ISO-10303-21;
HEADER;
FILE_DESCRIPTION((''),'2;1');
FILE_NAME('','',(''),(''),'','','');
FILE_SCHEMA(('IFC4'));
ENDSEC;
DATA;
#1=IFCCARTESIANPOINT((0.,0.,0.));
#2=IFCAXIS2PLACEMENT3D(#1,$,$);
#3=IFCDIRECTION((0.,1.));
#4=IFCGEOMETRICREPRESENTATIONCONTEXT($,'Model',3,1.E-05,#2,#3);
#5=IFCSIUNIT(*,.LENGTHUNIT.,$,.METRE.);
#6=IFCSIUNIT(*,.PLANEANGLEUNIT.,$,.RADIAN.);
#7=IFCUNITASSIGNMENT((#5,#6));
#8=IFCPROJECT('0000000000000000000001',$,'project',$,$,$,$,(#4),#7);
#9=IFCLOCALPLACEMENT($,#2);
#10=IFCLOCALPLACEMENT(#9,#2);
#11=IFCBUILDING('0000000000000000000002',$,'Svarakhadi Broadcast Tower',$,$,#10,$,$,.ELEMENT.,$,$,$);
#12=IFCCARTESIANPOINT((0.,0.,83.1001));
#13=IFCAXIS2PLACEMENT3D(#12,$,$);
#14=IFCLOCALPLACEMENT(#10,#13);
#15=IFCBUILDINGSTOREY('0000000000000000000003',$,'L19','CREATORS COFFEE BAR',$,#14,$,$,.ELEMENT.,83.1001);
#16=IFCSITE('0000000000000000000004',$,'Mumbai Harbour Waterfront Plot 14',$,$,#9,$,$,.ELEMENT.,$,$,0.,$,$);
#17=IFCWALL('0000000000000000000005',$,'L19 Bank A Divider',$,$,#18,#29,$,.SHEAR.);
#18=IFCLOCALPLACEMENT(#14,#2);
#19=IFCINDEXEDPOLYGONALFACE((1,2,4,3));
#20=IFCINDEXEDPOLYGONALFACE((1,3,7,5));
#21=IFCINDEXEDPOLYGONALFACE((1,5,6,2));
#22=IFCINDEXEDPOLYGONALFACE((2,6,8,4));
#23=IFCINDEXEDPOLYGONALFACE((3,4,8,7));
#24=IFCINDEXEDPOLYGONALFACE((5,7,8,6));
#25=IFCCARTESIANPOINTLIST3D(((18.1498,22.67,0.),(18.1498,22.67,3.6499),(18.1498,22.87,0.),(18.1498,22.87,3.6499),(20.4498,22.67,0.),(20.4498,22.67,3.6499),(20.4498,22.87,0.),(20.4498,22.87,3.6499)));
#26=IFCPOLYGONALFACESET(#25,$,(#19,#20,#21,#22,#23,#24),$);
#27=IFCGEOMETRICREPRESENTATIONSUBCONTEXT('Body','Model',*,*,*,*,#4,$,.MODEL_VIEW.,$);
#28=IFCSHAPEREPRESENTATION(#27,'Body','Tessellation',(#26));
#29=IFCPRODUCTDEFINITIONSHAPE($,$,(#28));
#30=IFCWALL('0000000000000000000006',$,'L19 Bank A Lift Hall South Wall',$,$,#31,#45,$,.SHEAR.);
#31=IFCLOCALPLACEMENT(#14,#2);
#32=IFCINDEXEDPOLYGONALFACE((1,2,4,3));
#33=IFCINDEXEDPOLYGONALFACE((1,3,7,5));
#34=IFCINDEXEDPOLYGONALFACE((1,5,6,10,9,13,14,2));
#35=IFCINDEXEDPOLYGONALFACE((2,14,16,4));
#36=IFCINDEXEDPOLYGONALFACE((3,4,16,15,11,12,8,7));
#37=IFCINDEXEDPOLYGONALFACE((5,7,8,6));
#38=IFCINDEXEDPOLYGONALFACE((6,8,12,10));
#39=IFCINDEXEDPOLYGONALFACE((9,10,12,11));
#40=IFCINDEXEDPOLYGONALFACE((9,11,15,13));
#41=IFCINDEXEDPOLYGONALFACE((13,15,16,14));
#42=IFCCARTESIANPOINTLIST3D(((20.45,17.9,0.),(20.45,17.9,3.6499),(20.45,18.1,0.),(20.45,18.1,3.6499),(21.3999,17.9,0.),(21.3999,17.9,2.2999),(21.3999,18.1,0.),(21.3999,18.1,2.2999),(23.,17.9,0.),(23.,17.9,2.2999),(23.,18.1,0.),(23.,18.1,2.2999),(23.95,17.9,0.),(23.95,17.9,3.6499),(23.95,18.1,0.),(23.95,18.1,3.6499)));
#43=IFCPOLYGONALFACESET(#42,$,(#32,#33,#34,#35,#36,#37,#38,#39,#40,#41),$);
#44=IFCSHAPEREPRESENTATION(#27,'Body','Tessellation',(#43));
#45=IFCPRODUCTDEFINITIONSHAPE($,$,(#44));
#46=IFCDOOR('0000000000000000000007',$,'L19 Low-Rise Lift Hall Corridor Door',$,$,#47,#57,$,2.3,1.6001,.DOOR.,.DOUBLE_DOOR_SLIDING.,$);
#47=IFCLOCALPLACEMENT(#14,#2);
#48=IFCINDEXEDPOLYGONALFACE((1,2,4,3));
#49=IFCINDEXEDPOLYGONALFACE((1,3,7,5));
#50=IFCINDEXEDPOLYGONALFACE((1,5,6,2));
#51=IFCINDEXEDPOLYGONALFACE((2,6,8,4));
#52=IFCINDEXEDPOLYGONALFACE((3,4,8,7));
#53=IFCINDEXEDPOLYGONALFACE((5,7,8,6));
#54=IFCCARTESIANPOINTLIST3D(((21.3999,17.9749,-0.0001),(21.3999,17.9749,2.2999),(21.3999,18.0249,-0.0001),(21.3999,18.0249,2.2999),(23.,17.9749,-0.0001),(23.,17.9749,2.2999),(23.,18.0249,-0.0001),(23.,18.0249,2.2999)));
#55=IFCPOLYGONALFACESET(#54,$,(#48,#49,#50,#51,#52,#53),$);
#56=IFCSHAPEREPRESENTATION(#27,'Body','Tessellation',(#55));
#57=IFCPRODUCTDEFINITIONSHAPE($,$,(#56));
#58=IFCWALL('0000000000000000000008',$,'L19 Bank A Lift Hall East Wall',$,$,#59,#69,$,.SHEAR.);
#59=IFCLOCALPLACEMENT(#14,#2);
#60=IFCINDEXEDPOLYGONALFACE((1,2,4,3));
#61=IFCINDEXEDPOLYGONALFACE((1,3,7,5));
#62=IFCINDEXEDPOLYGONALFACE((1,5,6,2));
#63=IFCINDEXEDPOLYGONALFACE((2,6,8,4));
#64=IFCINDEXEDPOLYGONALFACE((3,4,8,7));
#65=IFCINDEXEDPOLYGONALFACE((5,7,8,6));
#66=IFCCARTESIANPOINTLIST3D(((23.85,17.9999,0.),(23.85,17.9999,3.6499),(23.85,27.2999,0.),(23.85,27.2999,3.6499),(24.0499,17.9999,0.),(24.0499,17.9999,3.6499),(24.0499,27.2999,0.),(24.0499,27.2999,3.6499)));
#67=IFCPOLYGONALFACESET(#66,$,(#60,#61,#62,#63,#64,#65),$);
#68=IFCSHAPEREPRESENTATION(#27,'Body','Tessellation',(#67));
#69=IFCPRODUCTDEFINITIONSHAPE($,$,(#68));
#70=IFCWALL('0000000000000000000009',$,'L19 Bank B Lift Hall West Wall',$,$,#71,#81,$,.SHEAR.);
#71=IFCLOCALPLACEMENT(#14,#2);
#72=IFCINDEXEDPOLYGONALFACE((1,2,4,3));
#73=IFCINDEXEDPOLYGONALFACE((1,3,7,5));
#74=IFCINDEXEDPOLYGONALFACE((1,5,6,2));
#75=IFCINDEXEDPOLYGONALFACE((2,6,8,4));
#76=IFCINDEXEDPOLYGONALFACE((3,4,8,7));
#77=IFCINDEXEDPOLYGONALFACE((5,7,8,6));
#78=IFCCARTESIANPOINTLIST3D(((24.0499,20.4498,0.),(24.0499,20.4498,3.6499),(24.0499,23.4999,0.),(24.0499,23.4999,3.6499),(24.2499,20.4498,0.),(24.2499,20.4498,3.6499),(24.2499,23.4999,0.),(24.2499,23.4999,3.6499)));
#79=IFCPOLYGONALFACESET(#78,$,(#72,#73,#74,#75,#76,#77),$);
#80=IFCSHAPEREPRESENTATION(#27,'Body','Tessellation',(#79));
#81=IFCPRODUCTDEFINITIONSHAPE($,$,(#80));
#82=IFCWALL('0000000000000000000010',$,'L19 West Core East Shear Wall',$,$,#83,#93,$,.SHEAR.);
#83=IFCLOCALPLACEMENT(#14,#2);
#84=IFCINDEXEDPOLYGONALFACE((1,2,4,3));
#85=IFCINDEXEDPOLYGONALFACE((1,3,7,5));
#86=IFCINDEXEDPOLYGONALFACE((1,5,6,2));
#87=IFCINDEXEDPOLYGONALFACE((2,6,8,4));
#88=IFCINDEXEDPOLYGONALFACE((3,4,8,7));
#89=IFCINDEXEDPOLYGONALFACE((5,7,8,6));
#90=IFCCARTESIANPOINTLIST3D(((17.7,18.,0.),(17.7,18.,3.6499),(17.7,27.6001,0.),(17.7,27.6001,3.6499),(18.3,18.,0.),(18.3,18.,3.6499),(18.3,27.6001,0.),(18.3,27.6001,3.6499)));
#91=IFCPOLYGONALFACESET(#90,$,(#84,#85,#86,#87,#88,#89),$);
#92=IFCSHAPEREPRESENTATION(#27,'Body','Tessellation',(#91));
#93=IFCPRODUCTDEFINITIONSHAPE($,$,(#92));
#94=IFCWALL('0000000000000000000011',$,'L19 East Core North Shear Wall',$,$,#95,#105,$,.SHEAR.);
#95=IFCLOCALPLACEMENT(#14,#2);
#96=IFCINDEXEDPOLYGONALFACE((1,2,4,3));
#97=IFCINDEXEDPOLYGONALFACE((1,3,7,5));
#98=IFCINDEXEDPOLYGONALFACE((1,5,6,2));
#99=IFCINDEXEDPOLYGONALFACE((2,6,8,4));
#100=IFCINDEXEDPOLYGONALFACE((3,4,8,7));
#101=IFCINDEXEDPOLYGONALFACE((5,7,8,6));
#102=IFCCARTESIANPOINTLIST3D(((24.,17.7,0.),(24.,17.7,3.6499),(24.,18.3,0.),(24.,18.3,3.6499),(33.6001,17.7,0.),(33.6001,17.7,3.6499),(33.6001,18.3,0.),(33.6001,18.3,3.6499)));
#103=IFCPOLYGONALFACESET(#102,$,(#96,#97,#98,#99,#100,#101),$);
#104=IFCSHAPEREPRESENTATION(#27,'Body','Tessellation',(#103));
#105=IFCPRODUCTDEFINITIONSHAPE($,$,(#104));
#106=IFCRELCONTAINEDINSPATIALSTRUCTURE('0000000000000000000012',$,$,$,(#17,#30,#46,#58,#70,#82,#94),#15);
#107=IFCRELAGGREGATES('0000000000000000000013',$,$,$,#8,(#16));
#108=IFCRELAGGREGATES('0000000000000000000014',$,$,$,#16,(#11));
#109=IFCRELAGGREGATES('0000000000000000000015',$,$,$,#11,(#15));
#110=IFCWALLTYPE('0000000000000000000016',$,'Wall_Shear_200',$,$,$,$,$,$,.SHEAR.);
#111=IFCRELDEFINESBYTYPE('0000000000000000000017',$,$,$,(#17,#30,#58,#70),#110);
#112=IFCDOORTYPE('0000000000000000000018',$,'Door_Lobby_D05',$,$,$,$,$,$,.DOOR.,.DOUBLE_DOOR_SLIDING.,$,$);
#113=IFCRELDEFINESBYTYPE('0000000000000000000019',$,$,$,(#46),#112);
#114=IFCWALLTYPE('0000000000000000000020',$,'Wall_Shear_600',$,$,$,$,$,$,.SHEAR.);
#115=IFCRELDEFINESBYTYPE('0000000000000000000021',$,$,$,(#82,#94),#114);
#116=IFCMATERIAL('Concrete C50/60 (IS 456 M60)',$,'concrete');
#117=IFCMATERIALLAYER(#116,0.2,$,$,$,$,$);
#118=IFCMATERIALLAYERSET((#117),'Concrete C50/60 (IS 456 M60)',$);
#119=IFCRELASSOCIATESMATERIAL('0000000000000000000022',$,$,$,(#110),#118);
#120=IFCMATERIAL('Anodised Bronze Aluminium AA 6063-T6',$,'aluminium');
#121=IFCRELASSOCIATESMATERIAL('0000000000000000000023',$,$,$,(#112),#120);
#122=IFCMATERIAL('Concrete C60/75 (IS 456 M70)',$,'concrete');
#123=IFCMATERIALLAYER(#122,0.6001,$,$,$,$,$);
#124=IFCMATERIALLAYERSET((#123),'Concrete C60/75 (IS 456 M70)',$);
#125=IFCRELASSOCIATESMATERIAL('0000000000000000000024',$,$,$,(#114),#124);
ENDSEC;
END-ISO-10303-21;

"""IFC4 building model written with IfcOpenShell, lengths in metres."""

from ifc_helpers import new_model, si_unit, direction, frame, frame_2d, origin, place, context, subcontext, project, spatial, rectangle, extrude, material, layer, layer_set, type_object, element, fill, save


model = new_model("IFC4")

# Units and contexts
model_context = context("Model", 3, precision=1e-05, world=origin(), true_north=direction((0.0, 1.0)))
body_context = subcontext(model_context, "Body", "Model", "MODEL_VIEW")
ifc_project = project(units=[si_unit("LENGTHUNIT", "METRE"), si_unit("PLANEANGLEUNIT", "RADIAN")], contexts=[model_context])

# Site, building, storey
site_placement = place(None, origin())
site = spatial("IfcSite", under=ifc_project, at=site_placement, Name="Mumbai Harbour Waterfront Plot 14", CompositionType="ELEMENT", RefElevation=0.0)
building_placement = place(site_placement, origin())
building = spatial("IfcBuilding", under=site, at=building_placement, Name="Svarakhadi Broadcast Tower", CompositionType="ELEMENT")
storey_placement = place(building_placement, frame((0.0, 0.0, 83.1001)))
storey = spatial("IfcBuildingStorey", under=building, at=storey_placement, Name="L19", Description="CREATORS COFFEE BAR", CompositionType="ELEMENT", Elevation=83.1001)

# Shared definitions
ifc_material_1 = material(Name="Concrete C60/75 (IS 456 M70)", Category="concrete")

# Shared definitions
ifc_material_2 = material(Name="Anodised Bronze Aluminium AA 6063-T6", Category="aluminium")

# Shared definitions
ifc_material_3 = material(Name="Concrete C50/60 (IS 456 M60)", Category="concrete")
ifc_layer_1 = layer(ifc_material_3, 0.2)
ifc_layer_set_1 = layer_set([ifc_layer_1], Name="Concrete C50/60 (IS 456 M60)")
wall_type_1 = type_object("IfcWallType", Name="Wall_Shear_200", PredefinedType="SHEAR", material=ifc_layer_set_1)

# Wall
for number, where, z_axis, x_axis, name in (
    (1, (18.1499, 22.77, 0.0), (0.0, 0.0, 1.0), (1.0, 0.0, 0.0), "L19 Bank A Divider"),
):
    element("IfcWall", number, at=place(storey_placement, frame(where, z_axis=z_axis, x_axis=x_axis)), inside=storey, type_object=wall_type_1, Name=name, PredefinedType="SHEAR", context=body_context, shape_type="SweptSolid", body=[
        extrude(rectangle(XDim=2.3, YDim=0.2, at=frame_2d((1.1499, 0.0))), origin(), (0.0, 0.0, 1.0), 3.6499),
    ])

# Wall, opening, door
wall_1_placement = place(storey_placement, frame((20.45, 18.0, 0.0), z_axis=(0.0, 0.0, 1.0), x_axis=(1.0, 0.0, 0.0)))
wall_1 = element("IfcWall", 2, at=wall_1_placement, inside=storey, type_object=wall_type_1, Name="L19 Bank A Lift Hall South Wall", PredefinedType="SHEAR", context=body_context, shape_type="SweptSolid", body=[
    extrude(rectangle(XDim=3.5, YDim=0.2, at=frame_2d((1.75, 0.0))), origin(), (0.0, 0.0, 1.0), 3.6499),
])
opening_1_placement = place(wall_1_placement, frame((0.95, 0.0, 0.0)))
opening_1 = element("IfcOpeningElement", 3, at=opening_1_placement, cuts=wall_1, PredefinedType="OPENING", context=body_context, shape_type="SweptSolid", body=[
    extrude(rectangle(XDim=1.6001, YDim=2.3, at=frame_2d((0.8, 1.1499))), frame((0.0, 0.1099, 0.0), z_axis=(0.0, -1.0, 0.0), x_axis=(1.0, 0.0, 0.0)), (0.0, 0.0, 1.0), 0.22),
])
door_type_1 = type_object("IfcDoorType", Name="Door_Lobby_D05", OperationType="DOUBLE_DOOR_SLIDING", PredefinedType="DOOR", material=ifc_material_2)
door_1_placement = place(opening_1_placement, origin())
door_1 = element("IfcDoor", 4, at=door_1_placement, inside=storey, type_object=door_type_1, Name="L19 Low-Rise Lift Hall Corridor Door", OperationType="DOUBLE_DOOR_SLIDING", OverallHeight=2.3, OverallWidth=1.6001, PredefinedType="DOOR", context=body_context, shape_type="SweptSolid", body=[
    extrude(rectangle(XDim=1.6001, YDim=2.3, at=frame_2d((0.8, 1.1499))), frame((0.0, 0.0249, 0.0), z_axis=(0.0, -1.0, 0.0), x_axis=(1.0, 0.0, 0.0)), (0.0, 0.0, 1.0), 0.05),
])
fill(opening_1, door_1)

# Walls
wall_2_placement = place(storey_placement, frame((23.95, 18.0, 0.0), z_axis=(0.0, 0.0, 1.0), x_axis=(0.0, 1.0, 0.0)))
element("IfcWall", 5, at=wall_2_placement, inside=storey, type_object=wall_type_1, Name="L19 Bank A Lift Hall East Wall", PredefinedType="SHEAR", context=body_context, shape_type="SweptSolid", body=[
    extrude(rectangle(XDim=9.3, YDim=0.2, at=frame_2d((4.6499, 0.0))), origin(), (0.0, 0.0, 1.0), 3.6499),
])
wall_3_placement = place(storey_placement, frame((24.1499, 20.45, 0.0), z_axis=(0.0, 0.0, 1.0), x_axis=(0.0, 1.0, 0.0)))
element("IfcWall", 6, at=wall_3_placement, inside=storey, type_object=wall_type_1, Name="L19 Bank B Lift Hall West Wall", PredefinedType="SHEAR", context=body_context, shape_type="SweptSolid", body=[
    extrude(rectangle(XDim=3.05, YDim=0.2, at=frame_2d((1.5249, 0.0))), origin(), (0.0, 0.0, 1.0), 3.6499),
])
ifc_layer_2 = layer(ifc_material_1, 0.6001)
ifc_layer_set_2 = layer_set([ifc_layer_2], Name="Concrete C60/75 (IS 456 M70)")
wall_type_2 = type_object("IfcWallType", Name="Wall_Shear_600", PredefinedType="SHEAR", material=ifc_layer_set_2)
for number, where, z_axis, x_axis, name in (
    (7, (18.0, 18.0, 0.0), (0.0, 0.0, 1.0), (0.0, 1.0, 0.0), "L19 West Core East Shear Wall"),
    (8, (24.0, 18.0, 0.0), (0.0, 0.0, 1.0), (1.0, 0.0, 0.0), "L19 East Core North Shear Wall"),
):
    element("IfcWall", number, at=place(storey_placement, frame(where, z_axis=z_axis, x_axis=x_axis)), inside=storey, type_object=wall_type_2, Name=name, PredefinedType="SHEAR", context=body_context, shape_type="SweptSolid", body=[
        extrude(rectangle(XDim=9.6001, YDim=0.6001, at=frame_2d((4.8, 0.0))), origin(), (0.0, 0.0, 1.0), 3.6499),
    ])

save(model, "model.ifc")
